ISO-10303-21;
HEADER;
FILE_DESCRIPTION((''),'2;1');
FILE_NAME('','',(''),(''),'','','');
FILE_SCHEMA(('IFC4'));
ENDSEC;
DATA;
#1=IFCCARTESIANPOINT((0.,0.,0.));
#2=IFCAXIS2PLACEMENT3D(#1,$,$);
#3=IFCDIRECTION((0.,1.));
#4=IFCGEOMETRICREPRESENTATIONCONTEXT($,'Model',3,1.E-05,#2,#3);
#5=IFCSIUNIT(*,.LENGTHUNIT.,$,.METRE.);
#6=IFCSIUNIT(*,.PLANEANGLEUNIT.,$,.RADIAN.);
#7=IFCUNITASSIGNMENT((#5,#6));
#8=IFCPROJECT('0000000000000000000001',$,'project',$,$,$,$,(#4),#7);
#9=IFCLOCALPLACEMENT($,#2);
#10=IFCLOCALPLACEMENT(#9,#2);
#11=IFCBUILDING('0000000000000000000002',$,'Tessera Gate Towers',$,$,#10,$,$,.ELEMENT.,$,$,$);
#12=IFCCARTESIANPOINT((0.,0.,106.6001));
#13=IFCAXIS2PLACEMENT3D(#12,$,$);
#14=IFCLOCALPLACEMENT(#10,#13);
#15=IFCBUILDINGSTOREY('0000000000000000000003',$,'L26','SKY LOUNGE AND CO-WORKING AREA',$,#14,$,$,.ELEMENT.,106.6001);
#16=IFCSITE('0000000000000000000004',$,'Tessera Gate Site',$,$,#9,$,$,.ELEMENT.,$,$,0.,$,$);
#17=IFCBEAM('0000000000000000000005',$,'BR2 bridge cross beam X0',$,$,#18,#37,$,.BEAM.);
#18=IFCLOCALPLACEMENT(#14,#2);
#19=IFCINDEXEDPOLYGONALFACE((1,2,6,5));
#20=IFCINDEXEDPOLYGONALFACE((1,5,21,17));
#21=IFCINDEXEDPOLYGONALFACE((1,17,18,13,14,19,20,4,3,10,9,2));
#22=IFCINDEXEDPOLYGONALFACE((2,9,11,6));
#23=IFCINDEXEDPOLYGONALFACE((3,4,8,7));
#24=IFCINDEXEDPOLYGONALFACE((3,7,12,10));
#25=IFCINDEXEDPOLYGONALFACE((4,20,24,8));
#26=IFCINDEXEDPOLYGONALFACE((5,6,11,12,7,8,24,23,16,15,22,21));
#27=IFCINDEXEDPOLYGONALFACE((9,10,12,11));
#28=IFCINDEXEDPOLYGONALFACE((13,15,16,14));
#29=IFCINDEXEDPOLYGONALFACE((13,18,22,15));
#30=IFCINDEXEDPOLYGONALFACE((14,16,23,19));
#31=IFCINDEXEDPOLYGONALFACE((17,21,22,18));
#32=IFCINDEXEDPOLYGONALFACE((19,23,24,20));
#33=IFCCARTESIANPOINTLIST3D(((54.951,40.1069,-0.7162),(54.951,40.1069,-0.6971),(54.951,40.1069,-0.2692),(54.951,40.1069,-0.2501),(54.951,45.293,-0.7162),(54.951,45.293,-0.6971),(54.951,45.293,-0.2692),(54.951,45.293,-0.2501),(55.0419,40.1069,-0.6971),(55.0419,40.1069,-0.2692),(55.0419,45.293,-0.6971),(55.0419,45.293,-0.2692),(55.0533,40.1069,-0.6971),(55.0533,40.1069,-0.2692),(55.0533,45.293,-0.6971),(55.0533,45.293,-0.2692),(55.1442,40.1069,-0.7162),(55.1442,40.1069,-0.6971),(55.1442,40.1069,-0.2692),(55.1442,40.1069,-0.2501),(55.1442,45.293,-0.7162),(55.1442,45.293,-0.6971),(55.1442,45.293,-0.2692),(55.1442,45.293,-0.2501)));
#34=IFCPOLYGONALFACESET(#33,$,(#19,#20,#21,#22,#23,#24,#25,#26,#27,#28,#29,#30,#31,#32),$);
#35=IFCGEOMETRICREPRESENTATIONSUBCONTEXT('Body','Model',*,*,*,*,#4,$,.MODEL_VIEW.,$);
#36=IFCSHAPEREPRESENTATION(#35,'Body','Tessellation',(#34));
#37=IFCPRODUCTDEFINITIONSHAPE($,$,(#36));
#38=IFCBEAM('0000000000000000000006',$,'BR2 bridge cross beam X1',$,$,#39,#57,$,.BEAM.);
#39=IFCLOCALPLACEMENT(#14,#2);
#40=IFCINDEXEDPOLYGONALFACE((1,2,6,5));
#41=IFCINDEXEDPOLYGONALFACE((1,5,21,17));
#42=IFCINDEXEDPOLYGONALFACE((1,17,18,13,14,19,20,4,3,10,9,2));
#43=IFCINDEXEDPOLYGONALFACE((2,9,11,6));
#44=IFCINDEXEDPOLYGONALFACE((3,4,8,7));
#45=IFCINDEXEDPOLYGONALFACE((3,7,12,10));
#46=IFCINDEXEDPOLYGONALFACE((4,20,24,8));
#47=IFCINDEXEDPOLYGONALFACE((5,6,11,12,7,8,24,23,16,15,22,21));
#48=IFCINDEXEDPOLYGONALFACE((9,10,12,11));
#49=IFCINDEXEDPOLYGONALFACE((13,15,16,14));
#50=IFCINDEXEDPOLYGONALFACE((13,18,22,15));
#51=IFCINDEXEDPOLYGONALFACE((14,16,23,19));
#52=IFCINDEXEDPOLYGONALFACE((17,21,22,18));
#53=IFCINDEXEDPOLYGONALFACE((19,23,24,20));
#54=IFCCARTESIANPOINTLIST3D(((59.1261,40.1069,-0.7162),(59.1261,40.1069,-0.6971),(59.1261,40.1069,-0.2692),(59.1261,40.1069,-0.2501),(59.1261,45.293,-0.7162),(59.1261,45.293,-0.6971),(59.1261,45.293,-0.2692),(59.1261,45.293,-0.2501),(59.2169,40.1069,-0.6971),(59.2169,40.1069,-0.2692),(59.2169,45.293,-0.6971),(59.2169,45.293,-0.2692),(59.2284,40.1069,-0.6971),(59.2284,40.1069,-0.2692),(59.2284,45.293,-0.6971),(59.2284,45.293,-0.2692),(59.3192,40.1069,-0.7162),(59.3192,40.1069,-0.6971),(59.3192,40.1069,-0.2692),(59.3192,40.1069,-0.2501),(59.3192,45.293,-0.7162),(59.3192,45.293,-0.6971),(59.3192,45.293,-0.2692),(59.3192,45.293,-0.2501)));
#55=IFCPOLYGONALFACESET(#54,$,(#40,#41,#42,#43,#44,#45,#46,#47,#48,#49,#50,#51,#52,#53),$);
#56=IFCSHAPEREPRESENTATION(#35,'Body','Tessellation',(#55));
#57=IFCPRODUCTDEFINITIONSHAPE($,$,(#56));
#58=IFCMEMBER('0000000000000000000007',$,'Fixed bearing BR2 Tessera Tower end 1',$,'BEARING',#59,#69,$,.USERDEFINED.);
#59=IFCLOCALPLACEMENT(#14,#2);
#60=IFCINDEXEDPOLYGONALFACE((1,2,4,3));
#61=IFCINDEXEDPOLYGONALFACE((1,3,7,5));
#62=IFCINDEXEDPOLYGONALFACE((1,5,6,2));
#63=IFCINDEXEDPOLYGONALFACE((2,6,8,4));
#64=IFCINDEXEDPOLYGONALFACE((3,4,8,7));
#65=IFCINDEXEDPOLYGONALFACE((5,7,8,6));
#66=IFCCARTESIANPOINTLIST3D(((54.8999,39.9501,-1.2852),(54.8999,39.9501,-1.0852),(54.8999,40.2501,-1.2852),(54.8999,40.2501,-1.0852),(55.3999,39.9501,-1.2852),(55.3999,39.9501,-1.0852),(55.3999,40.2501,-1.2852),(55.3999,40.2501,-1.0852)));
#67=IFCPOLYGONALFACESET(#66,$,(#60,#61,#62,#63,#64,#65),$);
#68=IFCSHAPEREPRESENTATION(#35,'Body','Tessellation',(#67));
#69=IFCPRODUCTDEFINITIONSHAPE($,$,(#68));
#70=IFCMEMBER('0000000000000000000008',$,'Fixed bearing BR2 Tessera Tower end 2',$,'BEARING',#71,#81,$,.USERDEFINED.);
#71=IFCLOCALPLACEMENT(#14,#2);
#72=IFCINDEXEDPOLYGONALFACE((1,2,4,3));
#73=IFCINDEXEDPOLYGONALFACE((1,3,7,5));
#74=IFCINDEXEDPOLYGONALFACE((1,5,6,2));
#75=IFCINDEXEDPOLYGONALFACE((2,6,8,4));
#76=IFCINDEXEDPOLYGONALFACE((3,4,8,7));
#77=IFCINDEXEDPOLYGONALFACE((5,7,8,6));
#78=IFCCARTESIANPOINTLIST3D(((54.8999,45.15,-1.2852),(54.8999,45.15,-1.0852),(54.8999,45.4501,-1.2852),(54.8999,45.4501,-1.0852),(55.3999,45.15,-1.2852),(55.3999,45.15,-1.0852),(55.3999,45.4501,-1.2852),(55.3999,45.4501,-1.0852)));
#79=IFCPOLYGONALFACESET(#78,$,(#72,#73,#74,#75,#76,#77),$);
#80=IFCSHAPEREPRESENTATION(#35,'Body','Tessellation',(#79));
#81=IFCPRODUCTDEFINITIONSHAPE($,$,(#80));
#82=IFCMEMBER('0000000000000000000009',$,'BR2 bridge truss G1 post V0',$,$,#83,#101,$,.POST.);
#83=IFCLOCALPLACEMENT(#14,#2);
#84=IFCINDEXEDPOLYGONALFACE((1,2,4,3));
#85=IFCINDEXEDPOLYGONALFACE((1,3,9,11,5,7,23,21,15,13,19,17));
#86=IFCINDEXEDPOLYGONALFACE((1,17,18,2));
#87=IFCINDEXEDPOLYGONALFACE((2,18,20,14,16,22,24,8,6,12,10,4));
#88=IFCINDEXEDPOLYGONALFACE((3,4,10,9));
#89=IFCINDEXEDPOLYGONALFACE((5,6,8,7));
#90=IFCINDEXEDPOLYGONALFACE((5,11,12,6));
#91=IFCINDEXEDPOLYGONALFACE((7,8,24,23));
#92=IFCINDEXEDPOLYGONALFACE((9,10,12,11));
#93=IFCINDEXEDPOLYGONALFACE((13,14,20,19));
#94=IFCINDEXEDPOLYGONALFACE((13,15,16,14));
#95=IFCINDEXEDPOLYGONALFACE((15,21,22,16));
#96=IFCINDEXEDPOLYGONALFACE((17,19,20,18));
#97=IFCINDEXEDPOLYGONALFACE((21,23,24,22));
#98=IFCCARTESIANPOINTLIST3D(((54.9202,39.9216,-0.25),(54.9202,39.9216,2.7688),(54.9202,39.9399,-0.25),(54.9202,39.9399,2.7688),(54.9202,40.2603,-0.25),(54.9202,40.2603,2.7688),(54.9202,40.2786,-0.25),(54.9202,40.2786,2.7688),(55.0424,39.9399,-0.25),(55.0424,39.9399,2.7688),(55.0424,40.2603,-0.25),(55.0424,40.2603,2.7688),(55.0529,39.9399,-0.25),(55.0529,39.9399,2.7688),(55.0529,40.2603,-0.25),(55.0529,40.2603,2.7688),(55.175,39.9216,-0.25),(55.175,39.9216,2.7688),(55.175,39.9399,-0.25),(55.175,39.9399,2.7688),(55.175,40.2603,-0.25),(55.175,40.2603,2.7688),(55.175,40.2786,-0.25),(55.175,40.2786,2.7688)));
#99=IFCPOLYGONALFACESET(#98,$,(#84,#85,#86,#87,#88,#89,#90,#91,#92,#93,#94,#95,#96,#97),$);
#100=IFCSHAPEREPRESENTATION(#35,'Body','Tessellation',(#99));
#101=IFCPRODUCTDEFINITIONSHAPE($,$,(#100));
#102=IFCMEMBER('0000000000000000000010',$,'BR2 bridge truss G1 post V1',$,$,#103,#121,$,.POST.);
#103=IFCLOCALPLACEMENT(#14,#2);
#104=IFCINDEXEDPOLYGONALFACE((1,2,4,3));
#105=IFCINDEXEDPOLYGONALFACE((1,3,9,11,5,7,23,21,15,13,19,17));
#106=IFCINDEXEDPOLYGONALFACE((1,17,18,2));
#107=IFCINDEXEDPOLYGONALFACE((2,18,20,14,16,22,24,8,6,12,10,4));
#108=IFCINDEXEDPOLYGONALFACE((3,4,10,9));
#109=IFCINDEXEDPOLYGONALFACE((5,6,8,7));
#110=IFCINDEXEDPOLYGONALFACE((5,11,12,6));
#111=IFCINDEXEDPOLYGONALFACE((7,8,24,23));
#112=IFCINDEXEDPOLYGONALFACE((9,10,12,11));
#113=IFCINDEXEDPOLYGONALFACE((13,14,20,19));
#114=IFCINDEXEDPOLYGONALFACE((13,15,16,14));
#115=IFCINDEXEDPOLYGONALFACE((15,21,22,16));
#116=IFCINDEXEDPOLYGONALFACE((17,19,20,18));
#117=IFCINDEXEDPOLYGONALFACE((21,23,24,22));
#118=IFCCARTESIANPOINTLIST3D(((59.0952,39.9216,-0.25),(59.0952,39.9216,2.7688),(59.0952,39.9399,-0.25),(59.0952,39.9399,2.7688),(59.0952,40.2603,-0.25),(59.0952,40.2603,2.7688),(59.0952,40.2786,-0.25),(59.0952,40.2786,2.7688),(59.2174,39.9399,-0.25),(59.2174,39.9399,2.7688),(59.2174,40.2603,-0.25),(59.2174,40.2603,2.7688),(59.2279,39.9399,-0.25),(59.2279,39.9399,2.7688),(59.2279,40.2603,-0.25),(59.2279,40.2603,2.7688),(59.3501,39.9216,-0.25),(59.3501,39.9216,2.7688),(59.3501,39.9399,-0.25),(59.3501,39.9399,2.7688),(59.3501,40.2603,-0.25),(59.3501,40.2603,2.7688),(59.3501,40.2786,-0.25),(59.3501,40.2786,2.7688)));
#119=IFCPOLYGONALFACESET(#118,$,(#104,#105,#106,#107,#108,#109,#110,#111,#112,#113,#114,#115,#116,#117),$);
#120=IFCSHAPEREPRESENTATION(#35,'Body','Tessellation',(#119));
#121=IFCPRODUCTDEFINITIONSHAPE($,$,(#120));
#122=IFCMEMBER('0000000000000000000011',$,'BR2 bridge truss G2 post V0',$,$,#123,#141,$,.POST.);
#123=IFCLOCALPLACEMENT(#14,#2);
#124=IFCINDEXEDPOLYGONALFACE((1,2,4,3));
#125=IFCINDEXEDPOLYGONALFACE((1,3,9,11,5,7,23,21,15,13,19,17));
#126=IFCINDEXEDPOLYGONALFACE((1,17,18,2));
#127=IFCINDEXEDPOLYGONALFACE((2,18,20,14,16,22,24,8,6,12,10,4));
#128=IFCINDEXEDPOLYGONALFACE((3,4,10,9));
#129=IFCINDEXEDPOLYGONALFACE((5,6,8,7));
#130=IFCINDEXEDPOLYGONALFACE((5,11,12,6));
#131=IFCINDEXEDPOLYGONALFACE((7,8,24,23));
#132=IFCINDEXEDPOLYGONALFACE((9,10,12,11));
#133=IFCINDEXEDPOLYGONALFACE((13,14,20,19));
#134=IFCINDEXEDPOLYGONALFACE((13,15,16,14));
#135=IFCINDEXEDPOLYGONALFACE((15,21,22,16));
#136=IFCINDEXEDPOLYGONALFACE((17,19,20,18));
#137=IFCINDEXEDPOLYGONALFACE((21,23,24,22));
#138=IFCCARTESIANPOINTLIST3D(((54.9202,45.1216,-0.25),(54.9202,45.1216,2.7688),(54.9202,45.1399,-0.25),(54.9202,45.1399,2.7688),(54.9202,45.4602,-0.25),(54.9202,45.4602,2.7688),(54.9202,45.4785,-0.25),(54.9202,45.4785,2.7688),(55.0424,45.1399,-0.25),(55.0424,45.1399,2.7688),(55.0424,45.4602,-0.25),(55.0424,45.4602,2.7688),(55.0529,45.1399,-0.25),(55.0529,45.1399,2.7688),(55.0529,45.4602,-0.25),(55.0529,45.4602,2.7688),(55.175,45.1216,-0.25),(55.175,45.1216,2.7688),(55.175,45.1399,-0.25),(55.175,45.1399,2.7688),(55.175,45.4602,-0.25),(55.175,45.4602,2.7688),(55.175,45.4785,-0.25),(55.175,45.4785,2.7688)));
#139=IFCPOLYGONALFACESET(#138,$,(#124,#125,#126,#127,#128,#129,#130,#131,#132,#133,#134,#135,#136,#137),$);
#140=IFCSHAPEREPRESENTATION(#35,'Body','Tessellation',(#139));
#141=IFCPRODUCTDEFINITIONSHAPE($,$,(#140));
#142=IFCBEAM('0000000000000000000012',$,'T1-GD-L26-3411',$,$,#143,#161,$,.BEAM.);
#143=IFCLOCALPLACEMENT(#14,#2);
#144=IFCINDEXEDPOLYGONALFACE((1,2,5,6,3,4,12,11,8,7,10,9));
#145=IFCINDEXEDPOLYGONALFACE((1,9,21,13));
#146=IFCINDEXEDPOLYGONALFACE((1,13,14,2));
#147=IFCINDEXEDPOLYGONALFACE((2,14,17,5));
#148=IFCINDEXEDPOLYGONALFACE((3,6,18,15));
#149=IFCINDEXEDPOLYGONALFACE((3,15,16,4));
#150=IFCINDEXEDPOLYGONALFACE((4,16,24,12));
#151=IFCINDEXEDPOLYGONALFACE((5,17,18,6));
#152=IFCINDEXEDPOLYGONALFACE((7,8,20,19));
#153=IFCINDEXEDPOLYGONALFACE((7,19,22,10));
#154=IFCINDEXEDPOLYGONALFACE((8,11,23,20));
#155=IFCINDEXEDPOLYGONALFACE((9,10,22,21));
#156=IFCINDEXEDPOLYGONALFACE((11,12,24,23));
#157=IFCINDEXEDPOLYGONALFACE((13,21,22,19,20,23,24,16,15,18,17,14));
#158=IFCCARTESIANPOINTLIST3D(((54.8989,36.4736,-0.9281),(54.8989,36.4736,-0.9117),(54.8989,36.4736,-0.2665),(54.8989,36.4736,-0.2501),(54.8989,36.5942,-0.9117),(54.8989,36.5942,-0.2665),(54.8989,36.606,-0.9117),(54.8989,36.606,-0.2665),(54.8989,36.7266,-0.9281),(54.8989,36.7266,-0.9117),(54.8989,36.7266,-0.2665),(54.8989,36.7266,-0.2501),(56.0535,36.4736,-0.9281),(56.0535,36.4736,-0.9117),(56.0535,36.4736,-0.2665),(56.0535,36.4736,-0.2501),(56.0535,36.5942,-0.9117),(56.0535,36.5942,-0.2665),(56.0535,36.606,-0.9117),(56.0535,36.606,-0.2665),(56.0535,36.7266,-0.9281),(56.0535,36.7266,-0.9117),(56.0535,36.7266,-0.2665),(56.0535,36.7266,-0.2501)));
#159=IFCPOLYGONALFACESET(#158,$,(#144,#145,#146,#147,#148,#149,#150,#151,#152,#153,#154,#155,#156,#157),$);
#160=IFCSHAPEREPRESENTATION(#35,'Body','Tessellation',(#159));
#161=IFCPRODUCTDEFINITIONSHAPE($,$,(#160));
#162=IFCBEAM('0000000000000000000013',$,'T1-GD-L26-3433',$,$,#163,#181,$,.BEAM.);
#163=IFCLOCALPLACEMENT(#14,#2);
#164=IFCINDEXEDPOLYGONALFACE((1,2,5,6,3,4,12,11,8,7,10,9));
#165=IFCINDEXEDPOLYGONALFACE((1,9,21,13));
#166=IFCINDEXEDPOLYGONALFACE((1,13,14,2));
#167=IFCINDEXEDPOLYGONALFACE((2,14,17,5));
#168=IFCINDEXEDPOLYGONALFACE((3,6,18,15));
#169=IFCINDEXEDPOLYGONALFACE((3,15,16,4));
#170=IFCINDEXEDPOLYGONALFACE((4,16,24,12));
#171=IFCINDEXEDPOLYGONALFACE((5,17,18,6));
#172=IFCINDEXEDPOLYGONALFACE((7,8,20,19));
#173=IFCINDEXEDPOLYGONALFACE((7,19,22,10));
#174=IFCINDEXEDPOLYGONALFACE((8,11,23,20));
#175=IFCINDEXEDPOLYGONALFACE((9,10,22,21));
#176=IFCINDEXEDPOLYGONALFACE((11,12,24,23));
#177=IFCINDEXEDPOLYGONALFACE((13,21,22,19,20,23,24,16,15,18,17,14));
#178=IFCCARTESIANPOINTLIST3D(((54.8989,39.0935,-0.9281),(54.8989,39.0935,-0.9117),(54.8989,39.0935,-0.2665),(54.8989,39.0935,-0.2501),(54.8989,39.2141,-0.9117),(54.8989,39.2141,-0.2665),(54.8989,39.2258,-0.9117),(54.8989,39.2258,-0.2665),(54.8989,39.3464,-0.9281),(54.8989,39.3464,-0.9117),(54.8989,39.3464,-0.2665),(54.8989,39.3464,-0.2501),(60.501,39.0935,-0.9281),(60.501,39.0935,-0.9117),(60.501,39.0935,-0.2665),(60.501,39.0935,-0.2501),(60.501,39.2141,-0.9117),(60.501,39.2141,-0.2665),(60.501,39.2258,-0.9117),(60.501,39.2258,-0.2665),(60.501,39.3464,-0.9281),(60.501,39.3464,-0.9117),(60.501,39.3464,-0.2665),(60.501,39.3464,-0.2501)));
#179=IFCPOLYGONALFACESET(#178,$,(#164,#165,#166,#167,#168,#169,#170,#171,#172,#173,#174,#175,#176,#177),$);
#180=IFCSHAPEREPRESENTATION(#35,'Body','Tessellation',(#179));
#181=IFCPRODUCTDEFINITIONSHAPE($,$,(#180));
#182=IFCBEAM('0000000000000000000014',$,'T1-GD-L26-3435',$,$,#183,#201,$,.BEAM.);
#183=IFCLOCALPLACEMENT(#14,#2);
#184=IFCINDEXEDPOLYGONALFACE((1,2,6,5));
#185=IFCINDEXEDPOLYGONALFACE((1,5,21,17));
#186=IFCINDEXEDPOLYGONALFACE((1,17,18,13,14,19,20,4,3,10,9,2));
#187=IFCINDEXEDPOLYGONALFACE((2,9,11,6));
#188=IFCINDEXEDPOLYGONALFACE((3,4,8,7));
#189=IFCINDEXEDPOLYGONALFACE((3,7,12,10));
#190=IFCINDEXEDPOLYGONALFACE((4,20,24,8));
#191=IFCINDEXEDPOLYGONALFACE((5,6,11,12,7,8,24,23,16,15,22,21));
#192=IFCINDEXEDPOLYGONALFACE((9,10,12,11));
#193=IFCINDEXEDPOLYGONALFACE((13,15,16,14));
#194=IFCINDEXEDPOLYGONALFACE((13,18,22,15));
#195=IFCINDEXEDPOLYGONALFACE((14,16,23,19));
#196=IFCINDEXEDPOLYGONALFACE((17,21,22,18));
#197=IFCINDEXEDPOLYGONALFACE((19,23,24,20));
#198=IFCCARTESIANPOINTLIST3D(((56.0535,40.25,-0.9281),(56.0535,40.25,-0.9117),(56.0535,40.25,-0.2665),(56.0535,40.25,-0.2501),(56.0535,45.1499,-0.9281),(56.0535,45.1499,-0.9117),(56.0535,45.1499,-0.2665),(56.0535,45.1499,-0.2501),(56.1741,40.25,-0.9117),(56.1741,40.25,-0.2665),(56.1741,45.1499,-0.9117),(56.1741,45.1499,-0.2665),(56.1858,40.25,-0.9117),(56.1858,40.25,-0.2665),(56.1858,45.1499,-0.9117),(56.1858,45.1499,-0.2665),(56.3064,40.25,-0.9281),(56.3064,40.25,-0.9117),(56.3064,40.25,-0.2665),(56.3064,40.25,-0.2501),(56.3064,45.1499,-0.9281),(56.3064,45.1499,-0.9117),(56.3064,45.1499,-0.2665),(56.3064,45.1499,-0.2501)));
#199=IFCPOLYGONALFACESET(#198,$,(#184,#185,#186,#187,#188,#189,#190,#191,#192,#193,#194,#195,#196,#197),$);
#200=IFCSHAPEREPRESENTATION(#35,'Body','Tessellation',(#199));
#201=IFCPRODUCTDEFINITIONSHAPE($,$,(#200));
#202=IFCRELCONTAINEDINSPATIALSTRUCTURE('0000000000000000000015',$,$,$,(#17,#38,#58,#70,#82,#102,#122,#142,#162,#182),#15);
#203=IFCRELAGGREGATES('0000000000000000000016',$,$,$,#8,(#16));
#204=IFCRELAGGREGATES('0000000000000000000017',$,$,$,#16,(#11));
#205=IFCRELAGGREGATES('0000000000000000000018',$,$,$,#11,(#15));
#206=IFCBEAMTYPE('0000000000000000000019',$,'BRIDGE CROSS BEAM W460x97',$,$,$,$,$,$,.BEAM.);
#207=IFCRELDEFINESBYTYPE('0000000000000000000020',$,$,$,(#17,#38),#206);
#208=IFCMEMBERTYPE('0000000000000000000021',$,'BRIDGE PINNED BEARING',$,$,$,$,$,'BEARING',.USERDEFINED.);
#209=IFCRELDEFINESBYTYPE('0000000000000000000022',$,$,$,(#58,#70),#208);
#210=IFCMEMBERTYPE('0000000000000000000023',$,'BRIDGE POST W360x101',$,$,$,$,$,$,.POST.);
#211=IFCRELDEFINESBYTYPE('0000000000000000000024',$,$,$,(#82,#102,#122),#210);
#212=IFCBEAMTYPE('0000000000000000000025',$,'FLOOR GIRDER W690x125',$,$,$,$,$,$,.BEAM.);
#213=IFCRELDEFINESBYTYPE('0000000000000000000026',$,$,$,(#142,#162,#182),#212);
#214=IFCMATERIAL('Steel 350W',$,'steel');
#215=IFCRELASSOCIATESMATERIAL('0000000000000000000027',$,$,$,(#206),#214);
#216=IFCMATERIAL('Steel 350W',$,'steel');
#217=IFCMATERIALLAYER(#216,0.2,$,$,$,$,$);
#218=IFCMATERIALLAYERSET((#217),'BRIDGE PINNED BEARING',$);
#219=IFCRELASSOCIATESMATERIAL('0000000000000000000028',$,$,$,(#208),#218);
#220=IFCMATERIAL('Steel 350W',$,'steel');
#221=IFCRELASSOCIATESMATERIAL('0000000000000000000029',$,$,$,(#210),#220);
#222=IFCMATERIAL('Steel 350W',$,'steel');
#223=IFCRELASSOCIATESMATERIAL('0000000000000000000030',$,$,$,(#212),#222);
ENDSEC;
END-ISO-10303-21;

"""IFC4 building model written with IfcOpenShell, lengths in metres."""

from ifc_helpers import new_model, si_unit, direction, frame, origin, origin_2d, place, context, subcontext, project, spatial, rectangle, i_section, extrude, material, layer, layer_set, material_profile, profile_set, type_object, element, save


model = new_model("IFC4")

# Units and contexts
model_context = context("Model", 3, precision=1e-05, world=origin(), true_north=direction((0.0, 1.0)))
body_context = subcontext(model_context, "Body", "Model", "MODEL_VIEW")
ifc_project = project(units=[si_unit("LENGTHUNIT", "METRE"), si_unit("PLANEANGLEUNIT", "RADIAN")], contexts=[model_context])

# Site, building, storey
site_placement = place(None, origin())
site = spatial("IfcSite", under=ifc_project, at=site_placement, Name="Tessera Gate Site", CompositionType="ELEMENT", RefElevation=0.0)
building_placement = place(site_placement, origin())
building = spatial("IfcBuilding", under=site, at=building_placement, Name="Tessera Gate Towers", CompositionType="ELEMENT")
storey_placement = place(building_placement, frame((0.0, 0.0, 106.6001)))
storey = spatial("IfcBuildingStorey", under=building, at=storey_placement, Name="L26", Description="SKY LOUNGE AND CO-WORKING AREA", CompositionType="ELEMENT", Elevation=106.6001)

# Beams
ifc_material_1 = material(Name="Steel 350W", Category="steel")
ifc_material_profile_1 = material_profile(ifc_material_1, i_section(OverallWidth=0.1931, OverallDepth=0.4661, WebThickness=0.0115, FlangeThickness=0.019, at=origin_2d()), Name="W460x97")
ifc_profile_set_1 = profile_set([ifc_material_profile_1], Name="Steel 350W")
beam_type_1 = type_object("IfcBeamType", Name="BRIDGE CROSS BEAM W460x97", PredefinedType="BEAM", material=ifc_profile_set_1)
for number, where, z_axis, x_axis, name in (
    (1, (55.0476, 40.1069, -0.4832), (0.0, 1.0, 0.0), (-1.0, 0.0, 0.0), "BR2 bridge cross beam X0"),
    (2, (59.2227, 40.1069, -0.4832), (0.0, 1.0, 0.0), (-1.0, 0.0, 0.0), "BR2 bridge cross beam X1"),
):
    element("IfcBeam", number, at=place(storey_placement, frame(where, z_axis=z_axis, x_axis=x_axis)), inside=storey, type_object=beam_type_1, Name=name, PredefinedType="BEAM", context=body_context, shape_type="SweptSolid", body=[
        extrude(i_section(OverallWidth=0.1931, OverallDepth=0.4661, WebThickness=0.0115, FlangeThickness=0.019, at=origin_2d()), origin(), (0.0, 0.0, 1.0), 5.186),
    ])

# Members
ifc_material_2 = material(Name="Steel 350W", Category="steel")
ifc_layer_1 = layer(ifc_material_2, 0.2)
ifc_layer_set_1 = layer_set([ifc_layer_1], Name="BRIDGE PINNED BEARING")
member_type_1 = type_object("IfcMemberType", Name="BRIDGE PINNED BEARING", ElementType="BEARING", PredefinedType="USERDEFINED", material=ifc_layer_set_1)
for number, where, z_axis, x_axis, name in (
    (3, (55.1499, 40.1001, -1.2852), (0.0, 0.0, 1.0), (1.0, 0.0, 0.0), "Fixed bearing BR2 Tessera Tower end 1"),
    (4, (55.1499, 45.3, -1.2852), (0.0, 0.0, 1.0), (1.0, 0.0, 0.0), "Fixed bearing BR2 Tessera Tower end 2"),
):
    element("IfcMember", number, at=place(storey_placement, frame(where, z_axis=z_axis, x_axis=x_axis)), inside=storey, type_object=member_type_1, Name=name, ObjectType="BEARING", PredefinedType="USERDEFINED", context=body_context, shape_type="SweptSolid", body=[
        extrude(rectangle(XDim=0.5, YDim=0.3, at=origin_2d()), origin(), (0.0, 0.0, 1.0), 0.2),
    ])
ifc_material_3 = material(Name="Steel 350W", Category="steel")
ifc_material_profile_2 = material_profile(ifc_material_3, i_section(OverallWidth=0.2549, OverallDepth=0.3569, WebThickness=0.0105, FlangeThickness=0.0183, at=origin_2d()), Name="W360x101")
ifc_profile_set_2 = profile_set([ifc_material_profile_2], Name="Steel 350W")
member_type_2 = type_object("IfcMemberType", Name="BRIDGE POST W360x101", PredefinedType="POST", material=ifc_profile_set_2)
for number, where, z_axis, x_axis, name in (
    (5, (55.0476, 40.1001, -0.25), (0.0, 0.0, 1.0), (1.0, 0.0, 0.0), "BR2 bridge truss G1 post V0"),
    (6, (59.2227, 40.1001, -0.25), (0.0, 0.0, 1.0), (1.0, 0.0, 0.0), "BR2 bridge truss G1 post V1"),
    (7, (55.0476, 45.3, -0.25), (0.0, 0.0, 1.0), (1.0, 0.0, 0.0), "BR2 bridge truss G2 post V0"),
):
    element("IfcMember", number, at=place(storey_placement, frame(where, z_axis=z_axis, x_axis=x_axis)), inside=storey, type_object=member_type_2, Name=name, PredefinedType="POST", context=body_context, shape_type="SweptSolid", body=[
        extrude(i_section(OverallWidth=0.2549, OverallDepth=0.3569, WebThickness=0.0105, FlangeThickness=0.0183, at=origin_2d()), origin(), (0.0, 0.0, 1.0), 3.0188),
    ])

# Beams
ifc_material_4 = material(Name="Steel 350W", Category="steel")
ifc_material_profile_3 = material_profile(ifc_material_4, i_section(OverallWidth=0.2529, OverallDepth=0.678, WebThickness=0.0117, FlangeThickness=0.0164, at=origin_2d()), Name="W690x125")
ifc_profile_set_3 = profile_set([ifc_material_profile_3], Name="Steel 350W")
beam_type_2 = type_object("IfcBeamType", Name="FLOOR GIRDER W690x125", PredefinedType="BEAM", material=ifc_profile_set_3)
beam_1_placement = place(storey_placement, frame((54.8989, 36.6001, -0.5891), z_axis=(1.0, 0.0, 0.0), x_axis=(0.0, 1.0, 0.0)))
element("IfcBeam", 8, at=beam_1_placement, inside=storey, type_object=beam_type_2, Name="T1-GD-L26-3411", PredefinedType="BEAM", context=body_context, shape_type="SweptSolid", body=[
    extrude(i_section(OverallWidth=0.2529, OverallDepth=0.678, WebThickness=0.0117, FlangeThickness=0.0164, at=origin_2d()), origin(), (0.0, 0.0, 1.0), 1.1545),
])
beam_2_placement = place(storey_placement, frame((54.8989, 39.22, -0.5891), z_axis=(1.0, 0.0, 0.0), x_axis=(0.0, 1.0, 0.0)))
element("IfcBeam", 9, at=beam_2_placement, inside=storey, type_object=beam_type_2, Name="T1-GD-L26-3433", PredefinedType="BEAM", context=body_context, shape_type="SweptSolid", body=[
    extrude(i_section(OverallWidth=0.2529, OverallDepth=0.678, WebThickness=0.0117, FlangeThickness=0.0164, at=origin_2d()), origin(), (0.0, 0.0, 1.0), 5.6021),
])
beam_3_placement = place(storey_placement, frame((56.1799, 40.25, -0.5891), z_axis=(0.0, 1.0, 0.0), x_axis=(-1.0, 0.0, 0.0)))
element("IfcBeam", 10, at=beam_3_placement, inside=storey, type_object=beam_type_2, Name="T1-GD-L26-3435", PredefinedType="BEAM", context=body_context, shape_type="SweptSolid", body=[
    extrude(i_section(OverallWidth=0.2529, OverallDepth=0.678, WebThickness=0.0117, FlangeThickness=0.0164, at=origin_2d()), origin(), (0.0, 0.0, 1.0), 4.8999),
])

save(model, "model.ifc")
